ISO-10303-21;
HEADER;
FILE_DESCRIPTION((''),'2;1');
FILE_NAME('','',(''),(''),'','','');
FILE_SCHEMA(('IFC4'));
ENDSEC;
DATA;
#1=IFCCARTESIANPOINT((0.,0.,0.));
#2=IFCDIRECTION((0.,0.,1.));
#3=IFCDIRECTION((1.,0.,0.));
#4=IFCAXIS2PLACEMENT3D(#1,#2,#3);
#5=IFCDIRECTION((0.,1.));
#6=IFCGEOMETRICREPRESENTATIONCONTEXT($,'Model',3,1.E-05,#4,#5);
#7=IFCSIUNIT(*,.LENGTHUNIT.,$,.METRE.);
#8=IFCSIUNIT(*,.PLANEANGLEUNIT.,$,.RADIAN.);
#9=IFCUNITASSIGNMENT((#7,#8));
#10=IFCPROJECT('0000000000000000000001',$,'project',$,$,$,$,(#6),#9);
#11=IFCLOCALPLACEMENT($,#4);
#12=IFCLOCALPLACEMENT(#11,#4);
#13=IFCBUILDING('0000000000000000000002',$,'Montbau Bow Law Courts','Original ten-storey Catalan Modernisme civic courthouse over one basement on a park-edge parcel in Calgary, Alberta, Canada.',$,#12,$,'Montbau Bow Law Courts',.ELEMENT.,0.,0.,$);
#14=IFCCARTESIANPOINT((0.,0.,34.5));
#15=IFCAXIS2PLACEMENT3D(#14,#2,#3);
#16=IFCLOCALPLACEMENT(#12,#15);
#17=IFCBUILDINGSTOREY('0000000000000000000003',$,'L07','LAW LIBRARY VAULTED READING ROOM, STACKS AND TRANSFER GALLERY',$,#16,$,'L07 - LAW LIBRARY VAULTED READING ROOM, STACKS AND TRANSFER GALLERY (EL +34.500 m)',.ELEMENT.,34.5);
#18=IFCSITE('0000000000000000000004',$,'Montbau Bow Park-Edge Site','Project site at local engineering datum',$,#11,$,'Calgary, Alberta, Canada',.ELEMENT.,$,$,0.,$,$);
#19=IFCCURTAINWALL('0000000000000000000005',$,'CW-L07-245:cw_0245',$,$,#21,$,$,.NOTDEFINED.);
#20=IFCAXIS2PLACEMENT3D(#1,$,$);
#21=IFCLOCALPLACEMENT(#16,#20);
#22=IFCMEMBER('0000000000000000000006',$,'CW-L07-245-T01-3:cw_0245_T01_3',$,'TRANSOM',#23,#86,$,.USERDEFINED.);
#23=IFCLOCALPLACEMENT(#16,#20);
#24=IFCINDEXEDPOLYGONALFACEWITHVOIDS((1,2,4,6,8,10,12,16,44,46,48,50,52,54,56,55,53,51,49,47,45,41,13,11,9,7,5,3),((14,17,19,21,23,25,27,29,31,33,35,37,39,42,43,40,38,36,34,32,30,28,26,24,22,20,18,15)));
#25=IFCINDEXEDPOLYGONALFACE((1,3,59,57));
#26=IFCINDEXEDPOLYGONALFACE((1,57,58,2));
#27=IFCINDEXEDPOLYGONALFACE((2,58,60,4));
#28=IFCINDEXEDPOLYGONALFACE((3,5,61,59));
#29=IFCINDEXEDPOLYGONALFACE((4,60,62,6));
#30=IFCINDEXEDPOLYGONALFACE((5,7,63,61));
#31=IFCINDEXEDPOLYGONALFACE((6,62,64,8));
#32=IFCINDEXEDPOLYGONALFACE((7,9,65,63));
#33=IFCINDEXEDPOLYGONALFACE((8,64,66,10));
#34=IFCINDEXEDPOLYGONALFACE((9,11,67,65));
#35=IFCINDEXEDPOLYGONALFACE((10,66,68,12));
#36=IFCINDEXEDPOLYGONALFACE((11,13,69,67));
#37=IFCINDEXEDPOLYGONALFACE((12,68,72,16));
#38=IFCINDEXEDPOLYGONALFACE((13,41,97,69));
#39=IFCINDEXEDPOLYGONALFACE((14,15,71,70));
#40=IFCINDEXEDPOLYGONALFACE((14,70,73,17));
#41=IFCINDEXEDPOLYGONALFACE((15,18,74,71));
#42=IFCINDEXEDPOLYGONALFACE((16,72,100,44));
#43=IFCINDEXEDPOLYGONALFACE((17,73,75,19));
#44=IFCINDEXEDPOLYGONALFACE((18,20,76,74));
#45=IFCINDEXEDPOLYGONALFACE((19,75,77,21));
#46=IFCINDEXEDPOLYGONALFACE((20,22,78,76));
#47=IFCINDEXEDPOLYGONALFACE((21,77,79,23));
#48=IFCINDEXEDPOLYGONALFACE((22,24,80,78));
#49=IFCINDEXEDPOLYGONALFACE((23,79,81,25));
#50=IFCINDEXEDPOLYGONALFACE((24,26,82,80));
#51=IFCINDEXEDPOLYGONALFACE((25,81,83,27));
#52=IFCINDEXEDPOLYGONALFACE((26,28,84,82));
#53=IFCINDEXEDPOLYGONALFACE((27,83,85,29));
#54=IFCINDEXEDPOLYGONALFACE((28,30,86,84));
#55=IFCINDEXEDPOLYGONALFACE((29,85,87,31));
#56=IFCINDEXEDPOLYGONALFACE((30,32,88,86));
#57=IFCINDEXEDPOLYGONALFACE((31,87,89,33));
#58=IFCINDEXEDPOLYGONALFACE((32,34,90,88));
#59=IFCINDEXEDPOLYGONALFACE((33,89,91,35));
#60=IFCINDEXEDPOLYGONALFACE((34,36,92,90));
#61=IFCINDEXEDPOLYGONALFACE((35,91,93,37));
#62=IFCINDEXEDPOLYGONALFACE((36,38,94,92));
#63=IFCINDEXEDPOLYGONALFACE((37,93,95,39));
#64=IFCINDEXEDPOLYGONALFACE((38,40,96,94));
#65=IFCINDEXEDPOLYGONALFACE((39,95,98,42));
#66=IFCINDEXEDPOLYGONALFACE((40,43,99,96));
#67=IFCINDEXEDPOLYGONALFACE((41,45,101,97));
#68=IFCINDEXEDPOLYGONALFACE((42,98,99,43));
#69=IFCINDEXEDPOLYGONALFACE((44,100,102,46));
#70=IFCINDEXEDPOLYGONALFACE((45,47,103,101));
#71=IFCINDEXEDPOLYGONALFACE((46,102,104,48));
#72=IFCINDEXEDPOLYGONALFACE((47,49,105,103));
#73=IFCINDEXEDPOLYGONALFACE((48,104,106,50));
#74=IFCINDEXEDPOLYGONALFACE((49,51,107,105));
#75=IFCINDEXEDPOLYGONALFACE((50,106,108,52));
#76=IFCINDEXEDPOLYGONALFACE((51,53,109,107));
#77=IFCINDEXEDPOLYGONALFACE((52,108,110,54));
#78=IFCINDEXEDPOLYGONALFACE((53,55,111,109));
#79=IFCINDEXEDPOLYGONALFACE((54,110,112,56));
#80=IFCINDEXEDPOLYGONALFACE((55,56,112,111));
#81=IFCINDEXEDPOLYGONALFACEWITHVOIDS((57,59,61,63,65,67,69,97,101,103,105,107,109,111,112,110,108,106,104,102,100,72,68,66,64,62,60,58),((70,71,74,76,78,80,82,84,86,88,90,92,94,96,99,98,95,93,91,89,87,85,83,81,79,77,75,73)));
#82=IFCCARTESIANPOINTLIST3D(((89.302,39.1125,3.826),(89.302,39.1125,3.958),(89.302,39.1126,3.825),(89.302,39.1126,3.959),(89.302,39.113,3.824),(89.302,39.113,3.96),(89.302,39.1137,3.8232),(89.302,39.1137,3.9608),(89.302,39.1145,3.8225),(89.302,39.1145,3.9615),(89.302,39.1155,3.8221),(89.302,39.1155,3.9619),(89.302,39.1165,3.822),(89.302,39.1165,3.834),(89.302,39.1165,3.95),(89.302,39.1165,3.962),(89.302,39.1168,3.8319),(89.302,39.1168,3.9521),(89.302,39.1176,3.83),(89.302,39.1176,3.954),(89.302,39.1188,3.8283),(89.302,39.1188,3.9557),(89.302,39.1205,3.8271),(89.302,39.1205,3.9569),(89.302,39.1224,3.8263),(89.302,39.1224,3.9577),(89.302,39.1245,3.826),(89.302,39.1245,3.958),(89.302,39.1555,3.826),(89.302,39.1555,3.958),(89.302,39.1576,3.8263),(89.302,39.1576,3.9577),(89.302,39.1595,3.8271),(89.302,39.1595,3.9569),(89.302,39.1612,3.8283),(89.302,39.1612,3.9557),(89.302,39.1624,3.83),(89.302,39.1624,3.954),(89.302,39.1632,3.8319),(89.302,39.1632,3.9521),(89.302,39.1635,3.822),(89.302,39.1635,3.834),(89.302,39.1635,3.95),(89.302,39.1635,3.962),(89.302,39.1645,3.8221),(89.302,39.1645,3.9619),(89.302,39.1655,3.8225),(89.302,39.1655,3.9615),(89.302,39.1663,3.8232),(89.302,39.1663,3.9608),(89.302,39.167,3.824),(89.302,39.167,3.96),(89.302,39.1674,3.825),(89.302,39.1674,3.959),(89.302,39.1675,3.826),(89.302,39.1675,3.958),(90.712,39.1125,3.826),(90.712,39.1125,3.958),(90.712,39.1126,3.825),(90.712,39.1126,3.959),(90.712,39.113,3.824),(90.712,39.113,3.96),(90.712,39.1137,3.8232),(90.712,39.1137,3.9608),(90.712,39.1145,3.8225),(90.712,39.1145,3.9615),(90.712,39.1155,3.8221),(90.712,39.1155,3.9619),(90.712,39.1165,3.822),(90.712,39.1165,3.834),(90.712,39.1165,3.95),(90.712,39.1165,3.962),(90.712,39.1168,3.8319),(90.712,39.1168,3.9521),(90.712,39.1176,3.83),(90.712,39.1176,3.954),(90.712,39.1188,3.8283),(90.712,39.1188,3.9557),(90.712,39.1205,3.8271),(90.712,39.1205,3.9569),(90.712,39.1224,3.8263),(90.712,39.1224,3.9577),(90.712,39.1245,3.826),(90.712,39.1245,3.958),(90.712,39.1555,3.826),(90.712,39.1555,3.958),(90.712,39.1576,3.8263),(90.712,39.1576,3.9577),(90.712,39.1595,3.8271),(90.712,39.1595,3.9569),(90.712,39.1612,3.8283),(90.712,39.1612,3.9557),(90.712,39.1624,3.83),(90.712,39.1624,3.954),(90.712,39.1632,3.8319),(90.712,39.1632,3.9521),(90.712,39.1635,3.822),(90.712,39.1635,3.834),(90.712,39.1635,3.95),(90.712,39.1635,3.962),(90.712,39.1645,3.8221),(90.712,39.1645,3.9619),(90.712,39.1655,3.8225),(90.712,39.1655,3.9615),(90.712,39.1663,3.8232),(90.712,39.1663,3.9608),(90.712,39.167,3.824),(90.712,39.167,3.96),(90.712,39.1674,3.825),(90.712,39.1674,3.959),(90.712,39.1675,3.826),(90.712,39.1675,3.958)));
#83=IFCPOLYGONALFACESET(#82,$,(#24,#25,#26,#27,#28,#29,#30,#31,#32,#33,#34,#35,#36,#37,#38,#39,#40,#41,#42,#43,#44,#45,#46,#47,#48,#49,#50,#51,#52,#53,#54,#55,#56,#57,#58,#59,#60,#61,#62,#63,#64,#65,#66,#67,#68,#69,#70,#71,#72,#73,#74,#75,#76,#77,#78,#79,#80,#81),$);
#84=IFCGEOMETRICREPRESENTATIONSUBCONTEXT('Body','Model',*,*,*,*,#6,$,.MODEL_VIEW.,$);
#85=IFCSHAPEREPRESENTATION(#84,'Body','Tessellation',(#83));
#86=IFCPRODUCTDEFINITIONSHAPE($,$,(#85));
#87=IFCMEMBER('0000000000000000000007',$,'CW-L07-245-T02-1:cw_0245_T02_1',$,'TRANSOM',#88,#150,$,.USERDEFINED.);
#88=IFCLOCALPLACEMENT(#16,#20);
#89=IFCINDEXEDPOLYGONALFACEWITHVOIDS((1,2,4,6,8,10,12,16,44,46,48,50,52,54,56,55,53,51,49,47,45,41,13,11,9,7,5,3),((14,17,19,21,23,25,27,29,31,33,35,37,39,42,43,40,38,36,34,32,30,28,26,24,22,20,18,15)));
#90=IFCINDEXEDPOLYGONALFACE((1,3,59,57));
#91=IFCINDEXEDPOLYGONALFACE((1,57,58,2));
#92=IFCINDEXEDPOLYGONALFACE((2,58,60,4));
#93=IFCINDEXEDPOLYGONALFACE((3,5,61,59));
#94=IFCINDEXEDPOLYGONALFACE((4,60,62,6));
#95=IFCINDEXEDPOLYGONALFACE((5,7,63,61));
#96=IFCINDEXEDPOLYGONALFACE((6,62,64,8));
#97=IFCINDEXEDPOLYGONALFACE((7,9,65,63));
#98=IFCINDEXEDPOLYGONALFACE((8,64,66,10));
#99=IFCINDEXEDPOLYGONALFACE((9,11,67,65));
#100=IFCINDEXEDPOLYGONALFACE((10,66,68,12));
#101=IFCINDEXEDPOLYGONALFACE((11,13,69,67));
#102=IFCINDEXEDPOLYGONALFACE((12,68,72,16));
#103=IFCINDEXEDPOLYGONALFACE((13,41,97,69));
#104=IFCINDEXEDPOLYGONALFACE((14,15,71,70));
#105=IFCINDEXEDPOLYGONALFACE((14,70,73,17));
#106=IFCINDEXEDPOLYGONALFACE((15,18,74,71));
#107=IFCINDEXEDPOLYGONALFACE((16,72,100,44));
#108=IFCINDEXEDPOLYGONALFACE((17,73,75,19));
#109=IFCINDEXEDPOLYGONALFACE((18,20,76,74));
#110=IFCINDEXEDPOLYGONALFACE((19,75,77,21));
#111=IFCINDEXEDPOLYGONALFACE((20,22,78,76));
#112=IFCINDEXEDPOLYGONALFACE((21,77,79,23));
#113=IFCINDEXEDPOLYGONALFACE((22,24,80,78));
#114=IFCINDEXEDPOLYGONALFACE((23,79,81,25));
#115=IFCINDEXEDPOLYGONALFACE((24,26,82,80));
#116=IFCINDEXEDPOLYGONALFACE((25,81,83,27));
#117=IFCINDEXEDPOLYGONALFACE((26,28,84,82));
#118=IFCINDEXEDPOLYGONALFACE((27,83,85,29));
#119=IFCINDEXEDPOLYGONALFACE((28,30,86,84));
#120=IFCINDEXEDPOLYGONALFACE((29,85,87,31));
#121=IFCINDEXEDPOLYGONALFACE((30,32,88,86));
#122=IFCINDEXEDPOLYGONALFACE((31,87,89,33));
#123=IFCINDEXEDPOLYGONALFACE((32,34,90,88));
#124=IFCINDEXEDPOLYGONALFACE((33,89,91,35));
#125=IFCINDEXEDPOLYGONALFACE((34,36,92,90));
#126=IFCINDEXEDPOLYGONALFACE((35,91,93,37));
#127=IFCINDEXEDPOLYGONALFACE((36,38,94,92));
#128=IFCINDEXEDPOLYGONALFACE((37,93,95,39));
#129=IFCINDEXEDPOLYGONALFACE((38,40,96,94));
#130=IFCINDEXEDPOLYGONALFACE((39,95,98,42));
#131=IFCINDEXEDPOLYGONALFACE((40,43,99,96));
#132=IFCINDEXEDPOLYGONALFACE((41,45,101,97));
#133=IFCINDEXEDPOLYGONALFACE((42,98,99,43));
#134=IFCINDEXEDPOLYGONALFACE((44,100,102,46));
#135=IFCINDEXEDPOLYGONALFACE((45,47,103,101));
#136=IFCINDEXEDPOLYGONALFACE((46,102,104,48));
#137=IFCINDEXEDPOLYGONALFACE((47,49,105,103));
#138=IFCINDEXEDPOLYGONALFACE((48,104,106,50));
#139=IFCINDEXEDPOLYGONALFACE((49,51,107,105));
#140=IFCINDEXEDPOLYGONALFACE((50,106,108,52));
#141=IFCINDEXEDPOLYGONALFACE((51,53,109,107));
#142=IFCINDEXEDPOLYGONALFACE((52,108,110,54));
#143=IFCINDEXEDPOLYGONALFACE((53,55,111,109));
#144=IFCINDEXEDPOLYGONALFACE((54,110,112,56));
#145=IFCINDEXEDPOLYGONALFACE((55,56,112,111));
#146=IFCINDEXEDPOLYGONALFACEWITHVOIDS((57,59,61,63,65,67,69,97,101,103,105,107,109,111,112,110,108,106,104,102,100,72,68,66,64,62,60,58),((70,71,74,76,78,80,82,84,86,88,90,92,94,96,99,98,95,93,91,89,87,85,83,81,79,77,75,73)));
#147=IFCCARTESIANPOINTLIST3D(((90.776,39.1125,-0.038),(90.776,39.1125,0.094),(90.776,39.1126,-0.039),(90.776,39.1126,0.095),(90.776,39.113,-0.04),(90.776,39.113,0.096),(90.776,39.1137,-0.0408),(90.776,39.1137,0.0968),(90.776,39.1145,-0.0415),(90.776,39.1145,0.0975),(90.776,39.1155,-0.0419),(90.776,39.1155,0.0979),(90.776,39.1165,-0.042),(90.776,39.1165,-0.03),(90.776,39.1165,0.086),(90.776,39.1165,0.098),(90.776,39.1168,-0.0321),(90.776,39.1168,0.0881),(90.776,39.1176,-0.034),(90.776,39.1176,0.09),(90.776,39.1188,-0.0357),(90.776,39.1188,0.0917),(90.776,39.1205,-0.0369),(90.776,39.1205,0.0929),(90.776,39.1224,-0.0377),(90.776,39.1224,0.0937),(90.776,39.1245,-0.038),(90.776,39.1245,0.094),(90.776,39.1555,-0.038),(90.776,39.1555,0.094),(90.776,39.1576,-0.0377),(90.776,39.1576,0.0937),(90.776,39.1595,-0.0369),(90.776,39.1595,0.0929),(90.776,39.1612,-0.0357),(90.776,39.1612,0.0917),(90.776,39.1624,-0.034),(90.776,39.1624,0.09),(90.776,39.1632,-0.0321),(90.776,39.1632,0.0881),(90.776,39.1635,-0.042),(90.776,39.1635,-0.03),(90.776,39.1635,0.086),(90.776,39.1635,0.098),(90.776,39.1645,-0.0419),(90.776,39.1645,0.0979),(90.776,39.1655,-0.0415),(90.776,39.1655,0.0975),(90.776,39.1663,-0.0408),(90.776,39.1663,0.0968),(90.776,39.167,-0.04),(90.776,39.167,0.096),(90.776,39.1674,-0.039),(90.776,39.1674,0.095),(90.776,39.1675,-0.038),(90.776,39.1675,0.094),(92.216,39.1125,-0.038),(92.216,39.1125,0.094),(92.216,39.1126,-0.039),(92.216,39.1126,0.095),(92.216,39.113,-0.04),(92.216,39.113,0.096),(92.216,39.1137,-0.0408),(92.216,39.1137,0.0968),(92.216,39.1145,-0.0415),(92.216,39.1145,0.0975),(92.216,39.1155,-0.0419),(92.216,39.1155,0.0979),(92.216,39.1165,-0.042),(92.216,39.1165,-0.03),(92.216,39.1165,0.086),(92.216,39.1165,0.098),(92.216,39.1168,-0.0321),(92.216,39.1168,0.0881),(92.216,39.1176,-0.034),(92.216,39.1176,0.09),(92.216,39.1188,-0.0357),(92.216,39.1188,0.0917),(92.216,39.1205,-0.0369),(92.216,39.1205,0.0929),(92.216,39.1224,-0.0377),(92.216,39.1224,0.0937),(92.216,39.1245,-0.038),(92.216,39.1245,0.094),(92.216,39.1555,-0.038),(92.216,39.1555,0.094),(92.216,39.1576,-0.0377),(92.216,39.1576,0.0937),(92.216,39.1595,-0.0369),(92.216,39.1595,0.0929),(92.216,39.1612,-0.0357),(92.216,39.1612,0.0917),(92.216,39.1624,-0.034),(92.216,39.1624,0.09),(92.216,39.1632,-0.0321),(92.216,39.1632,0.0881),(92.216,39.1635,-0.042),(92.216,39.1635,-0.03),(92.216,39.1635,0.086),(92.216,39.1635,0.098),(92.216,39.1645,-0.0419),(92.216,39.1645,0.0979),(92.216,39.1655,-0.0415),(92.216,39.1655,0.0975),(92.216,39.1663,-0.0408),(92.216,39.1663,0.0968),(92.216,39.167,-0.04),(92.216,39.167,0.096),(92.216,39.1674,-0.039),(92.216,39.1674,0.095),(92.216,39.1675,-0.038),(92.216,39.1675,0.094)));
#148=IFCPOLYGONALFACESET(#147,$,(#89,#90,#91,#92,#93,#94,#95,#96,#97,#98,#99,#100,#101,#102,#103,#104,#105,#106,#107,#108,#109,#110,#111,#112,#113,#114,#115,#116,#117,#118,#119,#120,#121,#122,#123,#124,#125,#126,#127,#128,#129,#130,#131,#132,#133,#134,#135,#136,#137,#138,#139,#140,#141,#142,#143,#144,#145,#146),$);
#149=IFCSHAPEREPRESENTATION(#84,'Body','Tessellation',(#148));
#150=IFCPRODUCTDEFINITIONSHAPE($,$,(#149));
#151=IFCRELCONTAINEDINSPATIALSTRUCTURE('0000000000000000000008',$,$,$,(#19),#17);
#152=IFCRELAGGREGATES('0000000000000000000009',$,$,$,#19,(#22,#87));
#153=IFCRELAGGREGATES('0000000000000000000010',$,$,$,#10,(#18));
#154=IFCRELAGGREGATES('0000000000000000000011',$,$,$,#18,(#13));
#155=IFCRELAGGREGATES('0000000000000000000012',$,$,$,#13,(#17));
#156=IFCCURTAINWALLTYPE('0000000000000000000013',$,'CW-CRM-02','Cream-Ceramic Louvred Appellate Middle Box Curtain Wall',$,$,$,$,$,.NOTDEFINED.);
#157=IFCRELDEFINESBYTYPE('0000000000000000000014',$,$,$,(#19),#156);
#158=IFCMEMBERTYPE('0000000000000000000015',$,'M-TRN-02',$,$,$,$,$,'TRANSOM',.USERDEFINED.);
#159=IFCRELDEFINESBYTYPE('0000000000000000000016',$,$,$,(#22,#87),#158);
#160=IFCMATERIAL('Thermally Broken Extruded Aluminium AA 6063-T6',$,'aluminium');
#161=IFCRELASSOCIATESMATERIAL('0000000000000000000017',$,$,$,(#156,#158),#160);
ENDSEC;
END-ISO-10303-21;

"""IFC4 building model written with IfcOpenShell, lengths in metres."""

from ifc_helpers import new_model, si_unit, direction, frame, origin_with_axes, origin_2d_with_axis, place, context, subcontext, project, spatial, hollow_rectangle, extrude, material, material_profile, profile_set, type_object, element, aggregate, save


model = new_model("IFC4")

# Units and contexts
model_context = context("Model", 3, precision=1e-05, world=origin_with_axes(), true_north=direction((0.0, 1.0)))
body_context = subcontext(model_context, "Body", "Model", "MODEL_VIEW")
ifc_project = project(units=[si_unit("LENGTHUNIT", "METRE"), si_unit("PLANEANGLEUNIT", "RADIAN")], contexts=[model_context])

# Site, building, storey
site_placement = place(None, origin_with_axes())
site = spatial("IfcSite", under=ifc_project, at=site_placement, Name="Montbau Bow Park-Edge Site", Description="Project site at local engineering datum", LongName="Calgary, Alberta, Canada", CompositionType="ELEMENT", RefElevation=0.0)
building_placement = place(site_placement, origin_with_axes())
building = spatial("IfcBuilding", under=site, at=building_placement, Name="Montbau Bow Law Courts", Description="Original ten-storey Catalan Modernisme civic courthouse over one basement on a park-edge parcel in Calgary, Alberta, Canada.", LongName="Montbau Bow Law Courts", CompositionType="ELEMENT", ElevationOfRefHeight=0.0, ElevationOfTerrain=0.0)
storey_placement = place(building_placement, frame((0.0, 0.0, 34.5), z_axis=(0.0, 0.0, 1.0), x_axis=(1.0, 0.0, 0.0)))
storey = spatial("IfcBuildingStorey", under=building, at=storey_placement, Name="L07", Description="LAW LIBRARY VAULTED READING ROOM, STACKS AND TRANSFER GALLERY", LongName="L07 - LAW LIBRARY VAULTED READING ROOM, STACKS AND TRANSFER GALLERY (EL +34.500 m)", CompositionType="ELEMENT", Elevation=34.5)

# Shared definitions
ifc_material_1 = material(Name="Thermally Broken Extruded Aluminium AA 6063-T6", Category="aluminium")
curtain_wall_type = type_object("IfcCurtainWallType", Name="CW-CRM-02", Description="Cream-Ceramic Louvred Appellate Middle Box Curtain Wall", PredefinedType="NOTDEFINED", material=ifc_material_1)

# Curtain wall, members
curtain_wall_1_placement = place(None, frame((89.24, 39.14, 34.5), z_axis=(0.0, 0.0, 1.0), x_axis=(1.0, 0.0, 0.0)))
curtain_wall_1 = element("IfcCurtainWall", 1, at=curtain_wall_1_placement, inside=storey, type_object=curtain_wall_type, Name="CW-L07-245:cw_0245", PredefinedType="NOTDEFINED")
ifc_material_profile_1 = material_profile(ifc_material_1, hollow_rectangle(XDim=0.055, YDim=0.14, WallThickness=0.004, InnerFilletRadius=0.008, OuterFilletRadius=0.004, at=origin_2d_with_axis()), Name="CWT-140X55", Category="Main", Priority=0)
ifc_profile_set_1 = profile_set([ifc_material_profile_1], Name="Thermally Broken Extruded Aluminium AA 6063-T6")
member_type_1 = type_object("IfcMemberType", Name="M-TRN-02", ElementType="TRANSOM", PredefinedType="USERDEFINED", material=ifc_profile_set_1)
member_1_placement = place(None, frame((89.302, 39.14, 38.392), z_axis=(1.0, 0.0, 0.0), x_axis=(0.0, 1.0, 0.0)))
member_1 = element("IfcMember", 2, at=member_1_placement, type_object=member_type_1, Name="CW-L07-245-T01-3:cw_0245_T01_3", ObjectType="TRANSOM", PredefinedType="USERDEFINED", context=body_context, shape_type="SweptSolid", body=[
    extrude(hollow_rectangle(XDim=0.055, YDim=0.14, WallThickness=0.004, InnerFilletRadius=0.008, OuterFilletRadius=0.004, at=origin_2d_with_axis()), origin_with_axes(), (0.0, 0.0, 1.0), 1.41),
])
member_2_placement = place(None, frame((90.776, 39.14, 34.528), z_axis=(1.0, 0.0, 0.0), x_axis=(0.0, 1.0, 0.0)))
member_2 = element("IfcMember", 3, at=member_2_placement, type_object=member_type_1, Name="CW-L07-245-T02-1:cw_0245_T02_1", ObjectType="TRANSOM", PredefinedType="USERDEFINED", context=body_context, shape_type="SweptSolid", body=[
    extrude(hollow_rectangle(XDim=0.055, YDim=0.14, WallThickness=0.004, InnerFilletRadius=0.008, OuterFilletRadius=0.004, at=origin_2d_with_axis()), origin_with_axes(), (0.0, 0.0, 1.0), 1.44),
])
aggregate(curtain_wall_1, [member_1, member_2])

save(model, "model.ifc")
